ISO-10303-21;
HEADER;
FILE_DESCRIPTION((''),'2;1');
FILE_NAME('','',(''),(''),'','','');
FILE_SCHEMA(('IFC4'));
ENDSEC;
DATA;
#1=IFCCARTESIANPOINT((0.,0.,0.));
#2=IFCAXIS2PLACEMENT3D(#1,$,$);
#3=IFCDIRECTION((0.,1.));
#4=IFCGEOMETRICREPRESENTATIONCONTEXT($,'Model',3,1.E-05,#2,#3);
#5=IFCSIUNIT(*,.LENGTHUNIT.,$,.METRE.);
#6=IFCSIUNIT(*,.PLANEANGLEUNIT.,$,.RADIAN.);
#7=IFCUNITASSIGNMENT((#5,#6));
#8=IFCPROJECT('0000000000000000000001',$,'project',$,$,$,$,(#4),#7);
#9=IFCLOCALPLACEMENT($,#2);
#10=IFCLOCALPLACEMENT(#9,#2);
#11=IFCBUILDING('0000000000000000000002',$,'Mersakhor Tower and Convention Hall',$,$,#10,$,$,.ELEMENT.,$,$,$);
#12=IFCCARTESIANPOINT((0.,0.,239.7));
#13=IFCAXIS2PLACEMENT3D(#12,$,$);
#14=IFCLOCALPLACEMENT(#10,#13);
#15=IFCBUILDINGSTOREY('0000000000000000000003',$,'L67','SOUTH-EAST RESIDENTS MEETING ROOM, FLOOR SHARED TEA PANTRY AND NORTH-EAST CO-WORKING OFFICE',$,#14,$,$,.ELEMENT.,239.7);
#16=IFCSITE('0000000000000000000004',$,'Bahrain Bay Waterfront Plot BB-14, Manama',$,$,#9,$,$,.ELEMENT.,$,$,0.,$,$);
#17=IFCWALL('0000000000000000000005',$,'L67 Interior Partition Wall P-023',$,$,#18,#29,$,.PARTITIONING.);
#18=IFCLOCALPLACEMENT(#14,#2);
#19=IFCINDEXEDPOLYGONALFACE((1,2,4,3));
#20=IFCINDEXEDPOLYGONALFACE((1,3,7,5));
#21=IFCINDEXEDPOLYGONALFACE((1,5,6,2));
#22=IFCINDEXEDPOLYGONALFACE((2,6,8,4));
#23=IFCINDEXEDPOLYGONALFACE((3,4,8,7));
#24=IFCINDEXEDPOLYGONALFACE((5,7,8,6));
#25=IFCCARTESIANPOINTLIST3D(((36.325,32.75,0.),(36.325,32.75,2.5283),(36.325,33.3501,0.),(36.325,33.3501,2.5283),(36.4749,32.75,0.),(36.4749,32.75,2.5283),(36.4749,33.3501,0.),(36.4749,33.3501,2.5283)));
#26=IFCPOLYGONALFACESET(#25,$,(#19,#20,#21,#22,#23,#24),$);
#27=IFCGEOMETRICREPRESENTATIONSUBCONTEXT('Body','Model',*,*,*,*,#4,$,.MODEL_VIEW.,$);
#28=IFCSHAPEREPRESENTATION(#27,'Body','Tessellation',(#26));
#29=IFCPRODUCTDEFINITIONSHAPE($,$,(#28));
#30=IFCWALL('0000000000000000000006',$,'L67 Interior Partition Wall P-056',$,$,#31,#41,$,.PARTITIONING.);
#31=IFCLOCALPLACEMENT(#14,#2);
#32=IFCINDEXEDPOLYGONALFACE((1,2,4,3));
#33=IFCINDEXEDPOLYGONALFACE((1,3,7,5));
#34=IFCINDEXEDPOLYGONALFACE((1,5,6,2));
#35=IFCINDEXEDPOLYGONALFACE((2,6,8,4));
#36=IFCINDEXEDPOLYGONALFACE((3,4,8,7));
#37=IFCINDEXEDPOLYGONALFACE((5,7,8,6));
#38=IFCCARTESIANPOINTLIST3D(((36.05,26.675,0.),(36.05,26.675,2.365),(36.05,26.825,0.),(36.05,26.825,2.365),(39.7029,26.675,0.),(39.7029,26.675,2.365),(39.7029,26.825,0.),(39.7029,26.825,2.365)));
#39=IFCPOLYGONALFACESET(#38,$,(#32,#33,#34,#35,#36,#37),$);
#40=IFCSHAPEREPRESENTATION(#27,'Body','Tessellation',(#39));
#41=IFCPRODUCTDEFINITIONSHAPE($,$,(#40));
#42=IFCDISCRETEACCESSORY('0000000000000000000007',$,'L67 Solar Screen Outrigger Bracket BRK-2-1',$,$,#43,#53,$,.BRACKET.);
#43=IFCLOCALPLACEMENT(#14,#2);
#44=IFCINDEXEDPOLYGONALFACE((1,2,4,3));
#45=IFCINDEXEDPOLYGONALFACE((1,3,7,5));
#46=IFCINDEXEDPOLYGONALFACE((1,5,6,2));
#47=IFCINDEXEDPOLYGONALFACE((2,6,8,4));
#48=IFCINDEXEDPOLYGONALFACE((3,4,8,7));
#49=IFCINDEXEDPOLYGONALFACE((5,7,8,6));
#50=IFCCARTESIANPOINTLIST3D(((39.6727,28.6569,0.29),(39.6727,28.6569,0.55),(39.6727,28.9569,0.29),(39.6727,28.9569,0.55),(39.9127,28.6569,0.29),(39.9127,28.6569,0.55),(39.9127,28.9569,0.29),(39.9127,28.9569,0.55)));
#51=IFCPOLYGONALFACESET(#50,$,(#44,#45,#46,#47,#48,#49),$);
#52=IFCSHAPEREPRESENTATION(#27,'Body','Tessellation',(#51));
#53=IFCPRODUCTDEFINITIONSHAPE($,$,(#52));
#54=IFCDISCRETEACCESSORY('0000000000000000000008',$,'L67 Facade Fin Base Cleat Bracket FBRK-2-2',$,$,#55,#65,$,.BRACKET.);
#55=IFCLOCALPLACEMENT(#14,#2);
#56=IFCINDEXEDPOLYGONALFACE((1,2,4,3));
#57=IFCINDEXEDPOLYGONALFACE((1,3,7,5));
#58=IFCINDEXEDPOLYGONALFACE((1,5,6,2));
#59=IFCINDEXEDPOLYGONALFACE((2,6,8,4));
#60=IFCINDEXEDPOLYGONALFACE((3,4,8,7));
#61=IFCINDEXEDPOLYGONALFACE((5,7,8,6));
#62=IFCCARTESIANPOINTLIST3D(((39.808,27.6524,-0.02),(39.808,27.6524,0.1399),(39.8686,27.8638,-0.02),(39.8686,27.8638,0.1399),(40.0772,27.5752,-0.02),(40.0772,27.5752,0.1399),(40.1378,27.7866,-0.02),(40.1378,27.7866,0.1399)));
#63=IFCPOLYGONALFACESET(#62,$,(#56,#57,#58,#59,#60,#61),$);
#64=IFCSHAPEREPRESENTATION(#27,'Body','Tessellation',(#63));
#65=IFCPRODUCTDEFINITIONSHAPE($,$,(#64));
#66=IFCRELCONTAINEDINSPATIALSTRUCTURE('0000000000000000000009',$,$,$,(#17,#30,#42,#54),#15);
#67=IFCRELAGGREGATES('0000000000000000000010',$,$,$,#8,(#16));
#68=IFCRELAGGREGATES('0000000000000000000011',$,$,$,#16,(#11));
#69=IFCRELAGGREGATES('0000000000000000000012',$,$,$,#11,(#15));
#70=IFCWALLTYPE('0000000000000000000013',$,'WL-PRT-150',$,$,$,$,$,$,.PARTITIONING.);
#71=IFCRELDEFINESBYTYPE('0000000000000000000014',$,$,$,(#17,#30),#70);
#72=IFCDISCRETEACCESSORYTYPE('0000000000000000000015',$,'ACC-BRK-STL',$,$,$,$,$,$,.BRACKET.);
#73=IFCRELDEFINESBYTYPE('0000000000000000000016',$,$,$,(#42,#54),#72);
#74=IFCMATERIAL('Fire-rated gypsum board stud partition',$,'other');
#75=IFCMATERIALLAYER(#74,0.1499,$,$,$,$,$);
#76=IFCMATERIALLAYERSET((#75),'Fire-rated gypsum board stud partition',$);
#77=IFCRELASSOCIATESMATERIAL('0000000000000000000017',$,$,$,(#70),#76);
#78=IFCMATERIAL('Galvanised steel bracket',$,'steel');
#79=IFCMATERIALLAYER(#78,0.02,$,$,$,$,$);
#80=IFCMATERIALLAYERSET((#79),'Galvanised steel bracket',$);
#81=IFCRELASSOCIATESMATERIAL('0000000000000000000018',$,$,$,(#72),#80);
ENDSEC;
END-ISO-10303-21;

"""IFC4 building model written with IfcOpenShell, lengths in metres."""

from ifc_helpers import new_model, si_unit, direction, frame, frame_2d, origin, origin_2d, place, context, subcontext, project, spatial, rectangle, extrude, material, layer, layer_set, type_object, element, save


model = new_model("IFC4")

# Units and contexts
model_context = context("Model", 3, precision=1e-05, world=origin(), true_north=direction((0.0, 1.0)))
body_context = subcontext(model_context, "Body", "Model", "MODEL_VIEW")
ifc_project = project(units=[si_unit("LENGTHUNIT", "METRE"), si_unit("PLANEANGLEUNIT", "RADIAN")], contexts=[model_context])

# Site, building, storey
site_placement = place(None, origin())
site = spatial("IfcSite", under=ifc_project, at=site_placement, Name="Bahrain Bay Waterfront Plot BB-14, Manama", CompositionType="ELEMENT", RefElevation=0.0)
building_placement = place(site_placement, origin())
building = spatial("IfcBuilding", under=site, at=building_placement, Name="Mersakhor Tower and Convention Hall", CompositionType="ELEMENT")
storey_placement = place(building_placement, frame((0.0, 0.0, 239.7)))
storey = spatial("IfcBuildingStorey", under=building, at=storey_placement, Name="L67", Description="SOUTH-EAST RESIDENTS MEETING ROOM, FLOOR SHARED TEA PANTRY AND NORTH-EAST CO-WORKING OFFICE", CompositionType="ELEMENT", Elevation=239.7)

# Shared definitions
ifc_material_1 = material(Name="Fire-rated gypsum board stud partition", Category="other")
ifc_layer_1 = layer(ifc_material_1, 0.1499)
ifc_layer_set_1 = layer_set([ifc_layer_1], Name="Fire-rated gypsum board stud partition")
wall_type_1 = type_object("IfcWallType", Name="WL-PRT-150", PredefinedType="PARTITIONING", material=ifc_layer_set_1)

# Walls
wall_1_placement = place(storey_placement, frame((36.3999, 32.75, 0.0), z_axis=(0.0, 0.0, 1.0), x_axis=(0.0, 1.0, 0.0)))
element("IfcWall", 1, at=wall_1_placement, inside=storey, type_object=wall_type_1, Name="L67 Interior Partition Wall P-023", PredefinedType="PARTITIONING", context=body_context, shape_type="SweptSolid", body=[
    extrude(rectangle(XDim=0.6001, YDim=0.1499, at=frame_2d((0.3, 0.0))), origin(), (0.0, 0.0, 1.0), 2.5283),
])
wall_2_placement = place(storey_placement, frame((39.7029, 26.75, 0.0), z_axis=(0.0, 0.0, 1.0), x_axis=(-1.0, 0.0, 0.0)))
element("IfcWall", 2, at=wall_2_placement, inside=storey, type_object=wall_type_1, Name="L67 Interior Partition Wall P-056", PredefinedType="PARTITIONING", context=body_context, shape_type="SweptSolid", body=[
    extrude(rectangle(XDim=3.6528, YDim=0.1499, at=frame_2d((1.8264, 0.0))), origin(), (0.0, 0.0, 1.0), 2.365),
])

# Discrete accessories
ifc_material_2 = material(Name="Galvanised steel bracket", Category="steel")
ifc_layer_2 = layer(ifc_material_2, 0.02)
ifc_layer_set_2 = layer_set([ifc_layer_2], Name="Galvanised steel bracket")
discrete_accessory_type = type_object("IfcDiscreteAccessoryType", Name="ACC-BRK-STL", PredefinedType="BRACKET", material=ifc_layer_set_2)
discrete_accessory_1_placement = place(storey_placement, frame((39.7927, 28.8069, 0.29), z_axis=(0.0, 0.0, 1.0), x_axis=(0.0, -1.0, 0.0)))
element("IfcDiscreteAccessory", 3, at=discrete_accessory_1_placement, inside=storey, type_object=discrete_accessory_type, Name="L67 Solar Screen Outrigger Bracket BRK-2-1", PredefinedType="BRACKET", context=body_context, shape_type="SweptSolid", body=[
    extrude(rectangle(XDim=0.3, YDim=0.24, at=origin_2d()), origin(), (0.0, 0.0, 1.0), 0.26),
])
discrete_accessory_2_placement = place(storey_placement, frame((39.9729, 27.7195, -0.02), z_axis=(0.0, 0.0, 1.0), x_axis=(0.961262, -0.275637, 0.0)))
element("IfcDiscreteAccessory", 4, at=discrete_accessory_2_placement, inside=storey, type_object=discrete_accessory_type, Name="L67 Facade Fin Base Cleat Bracket FBRK-2-2", PredefinedType="BRACKET", context=body_context, shape_type="SweptSolid", body=[
    extrude(rectangle(XDim=0.28, YDim=0.22, at=origin_2d()), origin(), (0.0, 0.0, 1.0), 0.1599),
])

save(model, "model.ifc")
